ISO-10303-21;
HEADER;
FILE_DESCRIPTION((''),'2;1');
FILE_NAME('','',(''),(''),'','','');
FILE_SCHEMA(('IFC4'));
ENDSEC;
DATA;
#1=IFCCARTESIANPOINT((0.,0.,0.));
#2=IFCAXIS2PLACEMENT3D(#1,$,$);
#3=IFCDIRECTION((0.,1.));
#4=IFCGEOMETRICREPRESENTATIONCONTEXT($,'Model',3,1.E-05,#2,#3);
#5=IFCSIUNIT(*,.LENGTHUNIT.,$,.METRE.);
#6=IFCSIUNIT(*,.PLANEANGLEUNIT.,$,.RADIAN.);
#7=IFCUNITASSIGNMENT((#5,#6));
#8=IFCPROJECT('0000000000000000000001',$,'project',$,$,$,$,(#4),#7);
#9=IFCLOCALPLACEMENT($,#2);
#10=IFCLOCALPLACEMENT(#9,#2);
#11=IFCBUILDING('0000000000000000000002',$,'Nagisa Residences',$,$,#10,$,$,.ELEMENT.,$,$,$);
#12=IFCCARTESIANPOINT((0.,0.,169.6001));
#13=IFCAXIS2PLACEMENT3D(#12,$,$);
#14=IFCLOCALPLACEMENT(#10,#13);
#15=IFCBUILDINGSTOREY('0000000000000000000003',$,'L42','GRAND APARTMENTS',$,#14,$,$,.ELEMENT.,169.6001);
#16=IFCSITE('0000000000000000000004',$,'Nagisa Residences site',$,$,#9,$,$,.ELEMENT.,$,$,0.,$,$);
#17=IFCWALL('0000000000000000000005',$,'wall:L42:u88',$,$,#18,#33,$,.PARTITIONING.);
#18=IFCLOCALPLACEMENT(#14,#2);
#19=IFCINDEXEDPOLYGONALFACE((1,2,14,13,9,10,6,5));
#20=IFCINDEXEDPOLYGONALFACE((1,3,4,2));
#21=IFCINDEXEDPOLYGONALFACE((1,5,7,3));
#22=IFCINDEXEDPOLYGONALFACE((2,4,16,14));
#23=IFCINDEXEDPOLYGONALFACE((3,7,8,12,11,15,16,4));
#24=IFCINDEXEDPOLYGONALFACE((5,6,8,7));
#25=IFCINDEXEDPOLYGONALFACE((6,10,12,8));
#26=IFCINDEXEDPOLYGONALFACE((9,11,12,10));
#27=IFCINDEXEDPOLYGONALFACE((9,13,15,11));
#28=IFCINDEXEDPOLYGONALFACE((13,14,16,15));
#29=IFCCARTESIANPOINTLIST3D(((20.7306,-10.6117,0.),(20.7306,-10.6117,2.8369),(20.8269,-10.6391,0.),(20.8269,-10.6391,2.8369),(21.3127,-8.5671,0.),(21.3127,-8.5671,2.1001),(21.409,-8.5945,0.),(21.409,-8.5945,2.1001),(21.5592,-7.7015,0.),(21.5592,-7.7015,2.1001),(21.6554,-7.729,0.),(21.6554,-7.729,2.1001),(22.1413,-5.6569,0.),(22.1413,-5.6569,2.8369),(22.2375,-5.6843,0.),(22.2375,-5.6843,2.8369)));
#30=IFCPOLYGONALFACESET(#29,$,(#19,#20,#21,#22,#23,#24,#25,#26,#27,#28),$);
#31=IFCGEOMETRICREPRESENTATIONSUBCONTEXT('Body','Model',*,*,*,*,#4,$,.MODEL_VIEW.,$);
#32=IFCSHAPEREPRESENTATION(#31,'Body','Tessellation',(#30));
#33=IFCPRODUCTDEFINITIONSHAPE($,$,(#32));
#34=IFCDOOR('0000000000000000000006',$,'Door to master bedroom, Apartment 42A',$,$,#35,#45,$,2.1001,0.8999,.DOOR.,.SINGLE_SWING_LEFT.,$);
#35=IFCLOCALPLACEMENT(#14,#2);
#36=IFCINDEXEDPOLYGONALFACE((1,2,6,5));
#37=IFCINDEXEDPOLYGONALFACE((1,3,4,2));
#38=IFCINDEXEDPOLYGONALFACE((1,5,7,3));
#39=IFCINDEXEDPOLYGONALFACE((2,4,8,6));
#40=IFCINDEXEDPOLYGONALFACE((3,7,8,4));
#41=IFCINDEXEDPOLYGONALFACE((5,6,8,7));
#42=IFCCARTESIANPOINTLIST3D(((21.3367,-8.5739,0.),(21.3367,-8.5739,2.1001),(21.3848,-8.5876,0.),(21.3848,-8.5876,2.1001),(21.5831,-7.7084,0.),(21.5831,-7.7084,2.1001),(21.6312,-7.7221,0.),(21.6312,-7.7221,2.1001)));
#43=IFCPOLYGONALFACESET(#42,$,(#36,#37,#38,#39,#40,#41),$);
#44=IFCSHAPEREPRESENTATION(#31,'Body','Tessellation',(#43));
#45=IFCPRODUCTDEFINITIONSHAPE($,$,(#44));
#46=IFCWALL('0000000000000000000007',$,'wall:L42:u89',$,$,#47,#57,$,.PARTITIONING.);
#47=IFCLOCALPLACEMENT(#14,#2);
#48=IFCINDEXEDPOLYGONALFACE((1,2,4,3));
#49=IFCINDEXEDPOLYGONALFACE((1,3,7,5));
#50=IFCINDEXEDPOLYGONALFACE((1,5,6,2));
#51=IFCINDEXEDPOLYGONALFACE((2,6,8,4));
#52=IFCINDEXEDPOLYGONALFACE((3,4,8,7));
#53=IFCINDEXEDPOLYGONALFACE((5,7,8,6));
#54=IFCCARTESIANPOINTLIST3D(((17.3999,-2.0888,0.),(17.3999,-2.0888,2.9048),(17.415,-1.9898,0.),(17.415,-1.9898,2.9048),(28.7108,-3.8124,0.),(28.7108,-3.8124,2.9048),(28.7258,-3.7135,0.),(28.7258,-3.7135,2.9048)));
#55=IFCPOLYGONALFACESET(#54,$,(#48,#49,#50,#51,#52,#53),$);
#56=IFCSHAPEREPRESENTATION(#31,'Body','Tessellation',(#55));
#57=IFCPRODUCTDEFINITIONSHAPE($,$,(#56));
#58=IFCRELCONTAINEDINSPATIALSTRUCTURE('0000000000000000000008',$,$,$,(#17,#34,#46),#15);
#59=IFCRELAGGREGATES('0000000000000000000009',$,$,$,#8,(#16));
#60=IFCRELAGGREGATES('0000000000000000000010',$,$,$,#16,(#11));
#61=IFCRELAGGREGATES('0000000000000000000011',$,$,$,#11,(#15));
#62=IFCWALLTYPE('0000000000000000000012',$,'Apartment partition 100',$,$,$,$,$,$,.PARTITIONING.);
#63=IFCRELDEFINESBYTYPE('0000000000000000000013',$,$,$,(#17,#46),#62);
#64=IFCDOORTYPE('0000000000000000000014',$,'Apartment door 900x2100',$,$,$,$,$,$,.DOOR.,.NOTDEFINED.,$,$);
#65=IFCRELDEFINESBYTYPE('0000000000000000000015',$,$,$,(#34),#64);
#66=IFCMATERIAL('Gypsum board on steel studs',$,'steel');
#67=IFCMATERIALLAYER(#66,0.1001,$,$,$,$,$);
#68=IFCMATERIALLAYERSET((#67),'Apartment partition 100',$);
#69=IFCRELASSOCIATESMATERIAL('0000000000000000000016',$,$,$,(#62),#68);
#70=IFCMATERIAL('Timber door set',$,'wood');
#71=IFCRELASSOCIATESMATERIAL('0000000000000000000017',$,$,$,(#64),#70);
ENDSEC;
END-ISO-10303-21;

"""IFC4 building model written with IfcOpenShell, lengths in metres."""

from ifc_helpers import new_model, si_unit, direction, frame, frame_2d, origin, place, context, subcontext, project, spatial, rectangle, extrude, material, layer, layer_set, type_object, element, fill, save


model = new_model("IFC4")

# Units and contexts
model_context = context("Model", 3, precision=1e-05, world=origin(), true_north=direction((0.0, 1.0)))
body_context = subcontext(model_context, "Body", "Model", "MODEL_VIEW")
ifc_project = project(units=[si_unit("LENGTHUNIT", "METRE"), si_unit("PLANEANGLEUNIT", "RADIAN")], contexts=[model_context])

# Site, building, storey
site_placement = place(None, origin())
site = spatial("IfcSite", under=ifc_project, at=site_placement, Name="Nagisa Residences site", CompositionType="ELEMENT", RefElevation=0.0)
building_placement = place(site_placement, origin())
building = spatial("IfcBuilding", under=site, at=building_placement, Name="Nagisa Residences", CompositionType="ELEMENT")
storey_placement = place(building_placement, frame((0.0, 0.0, 169.6001)))
storey = spatial("IfcBuildingStorey", under=building, at=storey_placement, Name="L42", Description="GRAND APARTMENTS", CompositionType="ELEMENT", Elevation=169.6001)

# Shared definitions
ifc_material_1 = material(Name="Gypsum board on steel studs", Category="steel")
ifc_layer_1 = layer(ifc_material_1, 0.1001)
ifc_layer_set_1 = layer_set([ifc_layer_1], Name="Apartment partition 100")
wall_type_1 = type_object("IfcWallType", Name="Apartment partition 100", PredefinedType="PARTITIONING", material=ifc_layer_set_1)
ifc_material_2 = material(Name="Timber door set", Category="wood")
door_type_1 = type_object("IfcDoorType", Name="Apartment door 900x2100", OperationType="NOTDEFINED", PredefinedType="DOOR", material=ifc_material_2)

# Wall, opening, door
wall_1_placement = place(storey_placement, frame((20.7788, -10.6252, 0.0), z_axis=(0.0, 0.0, 1.0), x_axis=(0.27382, 0.961781, 0.0)))
wall_1 = element("IfcWall", 1, at=wall_1_placement, inside=storey, type_object=wall_type_1, Name="wall:L42:u88", PredefinedType="PARTITIONING", context=body_context, shape_type="SweptSolid", body=[
    extrude(rectangle(XDim=5.1516, YDim=0.1001, at=frame_2d((2.5757, 0.0))), origin(), (0.0, 0.0, 1.0), 2.8369),
])
opening_1_placement = place(wall_1_placement, frame((2.1257, 0.0, 0.0)))
opening_1 = element("IfcOpeningElement", 2, at=opening_1_placement, cuts=wall_1, PredefinedType="OPENING", context=body_context, shape_type="SweptSolid", body=[
    extrude(rectangle(XDim=0.8999, YDim=2.1001, at=frame_2d((0.45, 1.05))), frame((0.0, 0.0601, 0.0), z_axis=(0.0, -1.0, 0.0), x_axis=(1.0, 0.0, 0.0)), (0.0, 0.0, 1.0), 0.1201),
])
door_1_placement = place(opening_1_placement, frame((0.8999, 0.0, 0.0), x_axis=(-1.0, 0.0, 0.0)))
door_1 = element("IfcDoor", 3, at=door_1_placement, inside=storey, type_object=door_type_1, Name="Door to master bedroom, Apartment 42A", OperationType="SINGLE_SWING_LEFT", OverallHeight=2.1001, OverallWidth=0.8999, PredefinedType="DOOR", context=body_context, shape_type="SweptSolid", body=[
    extrude(rectangle(XDim=0.8999, YDim=2.1001, at=frame_2d((0.45, 1.05))), frame((0.0, 0.0249, 0.0), z_axis=(0.0, -1.0, 0.0), x_axis=(1.0, 0.0, 0.0)), (0.0, 0.0, 1.0), 0.05),
])
fill(opening_1, door_1)

# Wall
wall_2_placement = place(storey_placement, frame((17.4075, -2.0393, 0.0), z_axis=(0.0, 0.0, 1.0), x_axis=(0.988587, -0.150649, 0.0)))
element("IfcWall", 4, at=wall_2_placement, inside=storey, type_object=wall_type_1, Name="wall:L42:u89", PredefinedType="PARTITIONING", context=body_context, shape_type="SweptSolid", body=[
    extrude(rectangle(XDim=11.4414, YDim=0.1001, at=frame_2d((5.7207, 0.0))), origin(), (0.0, 0.0, 1.0), 2.9048),
])

save(model, "model.ifc")
